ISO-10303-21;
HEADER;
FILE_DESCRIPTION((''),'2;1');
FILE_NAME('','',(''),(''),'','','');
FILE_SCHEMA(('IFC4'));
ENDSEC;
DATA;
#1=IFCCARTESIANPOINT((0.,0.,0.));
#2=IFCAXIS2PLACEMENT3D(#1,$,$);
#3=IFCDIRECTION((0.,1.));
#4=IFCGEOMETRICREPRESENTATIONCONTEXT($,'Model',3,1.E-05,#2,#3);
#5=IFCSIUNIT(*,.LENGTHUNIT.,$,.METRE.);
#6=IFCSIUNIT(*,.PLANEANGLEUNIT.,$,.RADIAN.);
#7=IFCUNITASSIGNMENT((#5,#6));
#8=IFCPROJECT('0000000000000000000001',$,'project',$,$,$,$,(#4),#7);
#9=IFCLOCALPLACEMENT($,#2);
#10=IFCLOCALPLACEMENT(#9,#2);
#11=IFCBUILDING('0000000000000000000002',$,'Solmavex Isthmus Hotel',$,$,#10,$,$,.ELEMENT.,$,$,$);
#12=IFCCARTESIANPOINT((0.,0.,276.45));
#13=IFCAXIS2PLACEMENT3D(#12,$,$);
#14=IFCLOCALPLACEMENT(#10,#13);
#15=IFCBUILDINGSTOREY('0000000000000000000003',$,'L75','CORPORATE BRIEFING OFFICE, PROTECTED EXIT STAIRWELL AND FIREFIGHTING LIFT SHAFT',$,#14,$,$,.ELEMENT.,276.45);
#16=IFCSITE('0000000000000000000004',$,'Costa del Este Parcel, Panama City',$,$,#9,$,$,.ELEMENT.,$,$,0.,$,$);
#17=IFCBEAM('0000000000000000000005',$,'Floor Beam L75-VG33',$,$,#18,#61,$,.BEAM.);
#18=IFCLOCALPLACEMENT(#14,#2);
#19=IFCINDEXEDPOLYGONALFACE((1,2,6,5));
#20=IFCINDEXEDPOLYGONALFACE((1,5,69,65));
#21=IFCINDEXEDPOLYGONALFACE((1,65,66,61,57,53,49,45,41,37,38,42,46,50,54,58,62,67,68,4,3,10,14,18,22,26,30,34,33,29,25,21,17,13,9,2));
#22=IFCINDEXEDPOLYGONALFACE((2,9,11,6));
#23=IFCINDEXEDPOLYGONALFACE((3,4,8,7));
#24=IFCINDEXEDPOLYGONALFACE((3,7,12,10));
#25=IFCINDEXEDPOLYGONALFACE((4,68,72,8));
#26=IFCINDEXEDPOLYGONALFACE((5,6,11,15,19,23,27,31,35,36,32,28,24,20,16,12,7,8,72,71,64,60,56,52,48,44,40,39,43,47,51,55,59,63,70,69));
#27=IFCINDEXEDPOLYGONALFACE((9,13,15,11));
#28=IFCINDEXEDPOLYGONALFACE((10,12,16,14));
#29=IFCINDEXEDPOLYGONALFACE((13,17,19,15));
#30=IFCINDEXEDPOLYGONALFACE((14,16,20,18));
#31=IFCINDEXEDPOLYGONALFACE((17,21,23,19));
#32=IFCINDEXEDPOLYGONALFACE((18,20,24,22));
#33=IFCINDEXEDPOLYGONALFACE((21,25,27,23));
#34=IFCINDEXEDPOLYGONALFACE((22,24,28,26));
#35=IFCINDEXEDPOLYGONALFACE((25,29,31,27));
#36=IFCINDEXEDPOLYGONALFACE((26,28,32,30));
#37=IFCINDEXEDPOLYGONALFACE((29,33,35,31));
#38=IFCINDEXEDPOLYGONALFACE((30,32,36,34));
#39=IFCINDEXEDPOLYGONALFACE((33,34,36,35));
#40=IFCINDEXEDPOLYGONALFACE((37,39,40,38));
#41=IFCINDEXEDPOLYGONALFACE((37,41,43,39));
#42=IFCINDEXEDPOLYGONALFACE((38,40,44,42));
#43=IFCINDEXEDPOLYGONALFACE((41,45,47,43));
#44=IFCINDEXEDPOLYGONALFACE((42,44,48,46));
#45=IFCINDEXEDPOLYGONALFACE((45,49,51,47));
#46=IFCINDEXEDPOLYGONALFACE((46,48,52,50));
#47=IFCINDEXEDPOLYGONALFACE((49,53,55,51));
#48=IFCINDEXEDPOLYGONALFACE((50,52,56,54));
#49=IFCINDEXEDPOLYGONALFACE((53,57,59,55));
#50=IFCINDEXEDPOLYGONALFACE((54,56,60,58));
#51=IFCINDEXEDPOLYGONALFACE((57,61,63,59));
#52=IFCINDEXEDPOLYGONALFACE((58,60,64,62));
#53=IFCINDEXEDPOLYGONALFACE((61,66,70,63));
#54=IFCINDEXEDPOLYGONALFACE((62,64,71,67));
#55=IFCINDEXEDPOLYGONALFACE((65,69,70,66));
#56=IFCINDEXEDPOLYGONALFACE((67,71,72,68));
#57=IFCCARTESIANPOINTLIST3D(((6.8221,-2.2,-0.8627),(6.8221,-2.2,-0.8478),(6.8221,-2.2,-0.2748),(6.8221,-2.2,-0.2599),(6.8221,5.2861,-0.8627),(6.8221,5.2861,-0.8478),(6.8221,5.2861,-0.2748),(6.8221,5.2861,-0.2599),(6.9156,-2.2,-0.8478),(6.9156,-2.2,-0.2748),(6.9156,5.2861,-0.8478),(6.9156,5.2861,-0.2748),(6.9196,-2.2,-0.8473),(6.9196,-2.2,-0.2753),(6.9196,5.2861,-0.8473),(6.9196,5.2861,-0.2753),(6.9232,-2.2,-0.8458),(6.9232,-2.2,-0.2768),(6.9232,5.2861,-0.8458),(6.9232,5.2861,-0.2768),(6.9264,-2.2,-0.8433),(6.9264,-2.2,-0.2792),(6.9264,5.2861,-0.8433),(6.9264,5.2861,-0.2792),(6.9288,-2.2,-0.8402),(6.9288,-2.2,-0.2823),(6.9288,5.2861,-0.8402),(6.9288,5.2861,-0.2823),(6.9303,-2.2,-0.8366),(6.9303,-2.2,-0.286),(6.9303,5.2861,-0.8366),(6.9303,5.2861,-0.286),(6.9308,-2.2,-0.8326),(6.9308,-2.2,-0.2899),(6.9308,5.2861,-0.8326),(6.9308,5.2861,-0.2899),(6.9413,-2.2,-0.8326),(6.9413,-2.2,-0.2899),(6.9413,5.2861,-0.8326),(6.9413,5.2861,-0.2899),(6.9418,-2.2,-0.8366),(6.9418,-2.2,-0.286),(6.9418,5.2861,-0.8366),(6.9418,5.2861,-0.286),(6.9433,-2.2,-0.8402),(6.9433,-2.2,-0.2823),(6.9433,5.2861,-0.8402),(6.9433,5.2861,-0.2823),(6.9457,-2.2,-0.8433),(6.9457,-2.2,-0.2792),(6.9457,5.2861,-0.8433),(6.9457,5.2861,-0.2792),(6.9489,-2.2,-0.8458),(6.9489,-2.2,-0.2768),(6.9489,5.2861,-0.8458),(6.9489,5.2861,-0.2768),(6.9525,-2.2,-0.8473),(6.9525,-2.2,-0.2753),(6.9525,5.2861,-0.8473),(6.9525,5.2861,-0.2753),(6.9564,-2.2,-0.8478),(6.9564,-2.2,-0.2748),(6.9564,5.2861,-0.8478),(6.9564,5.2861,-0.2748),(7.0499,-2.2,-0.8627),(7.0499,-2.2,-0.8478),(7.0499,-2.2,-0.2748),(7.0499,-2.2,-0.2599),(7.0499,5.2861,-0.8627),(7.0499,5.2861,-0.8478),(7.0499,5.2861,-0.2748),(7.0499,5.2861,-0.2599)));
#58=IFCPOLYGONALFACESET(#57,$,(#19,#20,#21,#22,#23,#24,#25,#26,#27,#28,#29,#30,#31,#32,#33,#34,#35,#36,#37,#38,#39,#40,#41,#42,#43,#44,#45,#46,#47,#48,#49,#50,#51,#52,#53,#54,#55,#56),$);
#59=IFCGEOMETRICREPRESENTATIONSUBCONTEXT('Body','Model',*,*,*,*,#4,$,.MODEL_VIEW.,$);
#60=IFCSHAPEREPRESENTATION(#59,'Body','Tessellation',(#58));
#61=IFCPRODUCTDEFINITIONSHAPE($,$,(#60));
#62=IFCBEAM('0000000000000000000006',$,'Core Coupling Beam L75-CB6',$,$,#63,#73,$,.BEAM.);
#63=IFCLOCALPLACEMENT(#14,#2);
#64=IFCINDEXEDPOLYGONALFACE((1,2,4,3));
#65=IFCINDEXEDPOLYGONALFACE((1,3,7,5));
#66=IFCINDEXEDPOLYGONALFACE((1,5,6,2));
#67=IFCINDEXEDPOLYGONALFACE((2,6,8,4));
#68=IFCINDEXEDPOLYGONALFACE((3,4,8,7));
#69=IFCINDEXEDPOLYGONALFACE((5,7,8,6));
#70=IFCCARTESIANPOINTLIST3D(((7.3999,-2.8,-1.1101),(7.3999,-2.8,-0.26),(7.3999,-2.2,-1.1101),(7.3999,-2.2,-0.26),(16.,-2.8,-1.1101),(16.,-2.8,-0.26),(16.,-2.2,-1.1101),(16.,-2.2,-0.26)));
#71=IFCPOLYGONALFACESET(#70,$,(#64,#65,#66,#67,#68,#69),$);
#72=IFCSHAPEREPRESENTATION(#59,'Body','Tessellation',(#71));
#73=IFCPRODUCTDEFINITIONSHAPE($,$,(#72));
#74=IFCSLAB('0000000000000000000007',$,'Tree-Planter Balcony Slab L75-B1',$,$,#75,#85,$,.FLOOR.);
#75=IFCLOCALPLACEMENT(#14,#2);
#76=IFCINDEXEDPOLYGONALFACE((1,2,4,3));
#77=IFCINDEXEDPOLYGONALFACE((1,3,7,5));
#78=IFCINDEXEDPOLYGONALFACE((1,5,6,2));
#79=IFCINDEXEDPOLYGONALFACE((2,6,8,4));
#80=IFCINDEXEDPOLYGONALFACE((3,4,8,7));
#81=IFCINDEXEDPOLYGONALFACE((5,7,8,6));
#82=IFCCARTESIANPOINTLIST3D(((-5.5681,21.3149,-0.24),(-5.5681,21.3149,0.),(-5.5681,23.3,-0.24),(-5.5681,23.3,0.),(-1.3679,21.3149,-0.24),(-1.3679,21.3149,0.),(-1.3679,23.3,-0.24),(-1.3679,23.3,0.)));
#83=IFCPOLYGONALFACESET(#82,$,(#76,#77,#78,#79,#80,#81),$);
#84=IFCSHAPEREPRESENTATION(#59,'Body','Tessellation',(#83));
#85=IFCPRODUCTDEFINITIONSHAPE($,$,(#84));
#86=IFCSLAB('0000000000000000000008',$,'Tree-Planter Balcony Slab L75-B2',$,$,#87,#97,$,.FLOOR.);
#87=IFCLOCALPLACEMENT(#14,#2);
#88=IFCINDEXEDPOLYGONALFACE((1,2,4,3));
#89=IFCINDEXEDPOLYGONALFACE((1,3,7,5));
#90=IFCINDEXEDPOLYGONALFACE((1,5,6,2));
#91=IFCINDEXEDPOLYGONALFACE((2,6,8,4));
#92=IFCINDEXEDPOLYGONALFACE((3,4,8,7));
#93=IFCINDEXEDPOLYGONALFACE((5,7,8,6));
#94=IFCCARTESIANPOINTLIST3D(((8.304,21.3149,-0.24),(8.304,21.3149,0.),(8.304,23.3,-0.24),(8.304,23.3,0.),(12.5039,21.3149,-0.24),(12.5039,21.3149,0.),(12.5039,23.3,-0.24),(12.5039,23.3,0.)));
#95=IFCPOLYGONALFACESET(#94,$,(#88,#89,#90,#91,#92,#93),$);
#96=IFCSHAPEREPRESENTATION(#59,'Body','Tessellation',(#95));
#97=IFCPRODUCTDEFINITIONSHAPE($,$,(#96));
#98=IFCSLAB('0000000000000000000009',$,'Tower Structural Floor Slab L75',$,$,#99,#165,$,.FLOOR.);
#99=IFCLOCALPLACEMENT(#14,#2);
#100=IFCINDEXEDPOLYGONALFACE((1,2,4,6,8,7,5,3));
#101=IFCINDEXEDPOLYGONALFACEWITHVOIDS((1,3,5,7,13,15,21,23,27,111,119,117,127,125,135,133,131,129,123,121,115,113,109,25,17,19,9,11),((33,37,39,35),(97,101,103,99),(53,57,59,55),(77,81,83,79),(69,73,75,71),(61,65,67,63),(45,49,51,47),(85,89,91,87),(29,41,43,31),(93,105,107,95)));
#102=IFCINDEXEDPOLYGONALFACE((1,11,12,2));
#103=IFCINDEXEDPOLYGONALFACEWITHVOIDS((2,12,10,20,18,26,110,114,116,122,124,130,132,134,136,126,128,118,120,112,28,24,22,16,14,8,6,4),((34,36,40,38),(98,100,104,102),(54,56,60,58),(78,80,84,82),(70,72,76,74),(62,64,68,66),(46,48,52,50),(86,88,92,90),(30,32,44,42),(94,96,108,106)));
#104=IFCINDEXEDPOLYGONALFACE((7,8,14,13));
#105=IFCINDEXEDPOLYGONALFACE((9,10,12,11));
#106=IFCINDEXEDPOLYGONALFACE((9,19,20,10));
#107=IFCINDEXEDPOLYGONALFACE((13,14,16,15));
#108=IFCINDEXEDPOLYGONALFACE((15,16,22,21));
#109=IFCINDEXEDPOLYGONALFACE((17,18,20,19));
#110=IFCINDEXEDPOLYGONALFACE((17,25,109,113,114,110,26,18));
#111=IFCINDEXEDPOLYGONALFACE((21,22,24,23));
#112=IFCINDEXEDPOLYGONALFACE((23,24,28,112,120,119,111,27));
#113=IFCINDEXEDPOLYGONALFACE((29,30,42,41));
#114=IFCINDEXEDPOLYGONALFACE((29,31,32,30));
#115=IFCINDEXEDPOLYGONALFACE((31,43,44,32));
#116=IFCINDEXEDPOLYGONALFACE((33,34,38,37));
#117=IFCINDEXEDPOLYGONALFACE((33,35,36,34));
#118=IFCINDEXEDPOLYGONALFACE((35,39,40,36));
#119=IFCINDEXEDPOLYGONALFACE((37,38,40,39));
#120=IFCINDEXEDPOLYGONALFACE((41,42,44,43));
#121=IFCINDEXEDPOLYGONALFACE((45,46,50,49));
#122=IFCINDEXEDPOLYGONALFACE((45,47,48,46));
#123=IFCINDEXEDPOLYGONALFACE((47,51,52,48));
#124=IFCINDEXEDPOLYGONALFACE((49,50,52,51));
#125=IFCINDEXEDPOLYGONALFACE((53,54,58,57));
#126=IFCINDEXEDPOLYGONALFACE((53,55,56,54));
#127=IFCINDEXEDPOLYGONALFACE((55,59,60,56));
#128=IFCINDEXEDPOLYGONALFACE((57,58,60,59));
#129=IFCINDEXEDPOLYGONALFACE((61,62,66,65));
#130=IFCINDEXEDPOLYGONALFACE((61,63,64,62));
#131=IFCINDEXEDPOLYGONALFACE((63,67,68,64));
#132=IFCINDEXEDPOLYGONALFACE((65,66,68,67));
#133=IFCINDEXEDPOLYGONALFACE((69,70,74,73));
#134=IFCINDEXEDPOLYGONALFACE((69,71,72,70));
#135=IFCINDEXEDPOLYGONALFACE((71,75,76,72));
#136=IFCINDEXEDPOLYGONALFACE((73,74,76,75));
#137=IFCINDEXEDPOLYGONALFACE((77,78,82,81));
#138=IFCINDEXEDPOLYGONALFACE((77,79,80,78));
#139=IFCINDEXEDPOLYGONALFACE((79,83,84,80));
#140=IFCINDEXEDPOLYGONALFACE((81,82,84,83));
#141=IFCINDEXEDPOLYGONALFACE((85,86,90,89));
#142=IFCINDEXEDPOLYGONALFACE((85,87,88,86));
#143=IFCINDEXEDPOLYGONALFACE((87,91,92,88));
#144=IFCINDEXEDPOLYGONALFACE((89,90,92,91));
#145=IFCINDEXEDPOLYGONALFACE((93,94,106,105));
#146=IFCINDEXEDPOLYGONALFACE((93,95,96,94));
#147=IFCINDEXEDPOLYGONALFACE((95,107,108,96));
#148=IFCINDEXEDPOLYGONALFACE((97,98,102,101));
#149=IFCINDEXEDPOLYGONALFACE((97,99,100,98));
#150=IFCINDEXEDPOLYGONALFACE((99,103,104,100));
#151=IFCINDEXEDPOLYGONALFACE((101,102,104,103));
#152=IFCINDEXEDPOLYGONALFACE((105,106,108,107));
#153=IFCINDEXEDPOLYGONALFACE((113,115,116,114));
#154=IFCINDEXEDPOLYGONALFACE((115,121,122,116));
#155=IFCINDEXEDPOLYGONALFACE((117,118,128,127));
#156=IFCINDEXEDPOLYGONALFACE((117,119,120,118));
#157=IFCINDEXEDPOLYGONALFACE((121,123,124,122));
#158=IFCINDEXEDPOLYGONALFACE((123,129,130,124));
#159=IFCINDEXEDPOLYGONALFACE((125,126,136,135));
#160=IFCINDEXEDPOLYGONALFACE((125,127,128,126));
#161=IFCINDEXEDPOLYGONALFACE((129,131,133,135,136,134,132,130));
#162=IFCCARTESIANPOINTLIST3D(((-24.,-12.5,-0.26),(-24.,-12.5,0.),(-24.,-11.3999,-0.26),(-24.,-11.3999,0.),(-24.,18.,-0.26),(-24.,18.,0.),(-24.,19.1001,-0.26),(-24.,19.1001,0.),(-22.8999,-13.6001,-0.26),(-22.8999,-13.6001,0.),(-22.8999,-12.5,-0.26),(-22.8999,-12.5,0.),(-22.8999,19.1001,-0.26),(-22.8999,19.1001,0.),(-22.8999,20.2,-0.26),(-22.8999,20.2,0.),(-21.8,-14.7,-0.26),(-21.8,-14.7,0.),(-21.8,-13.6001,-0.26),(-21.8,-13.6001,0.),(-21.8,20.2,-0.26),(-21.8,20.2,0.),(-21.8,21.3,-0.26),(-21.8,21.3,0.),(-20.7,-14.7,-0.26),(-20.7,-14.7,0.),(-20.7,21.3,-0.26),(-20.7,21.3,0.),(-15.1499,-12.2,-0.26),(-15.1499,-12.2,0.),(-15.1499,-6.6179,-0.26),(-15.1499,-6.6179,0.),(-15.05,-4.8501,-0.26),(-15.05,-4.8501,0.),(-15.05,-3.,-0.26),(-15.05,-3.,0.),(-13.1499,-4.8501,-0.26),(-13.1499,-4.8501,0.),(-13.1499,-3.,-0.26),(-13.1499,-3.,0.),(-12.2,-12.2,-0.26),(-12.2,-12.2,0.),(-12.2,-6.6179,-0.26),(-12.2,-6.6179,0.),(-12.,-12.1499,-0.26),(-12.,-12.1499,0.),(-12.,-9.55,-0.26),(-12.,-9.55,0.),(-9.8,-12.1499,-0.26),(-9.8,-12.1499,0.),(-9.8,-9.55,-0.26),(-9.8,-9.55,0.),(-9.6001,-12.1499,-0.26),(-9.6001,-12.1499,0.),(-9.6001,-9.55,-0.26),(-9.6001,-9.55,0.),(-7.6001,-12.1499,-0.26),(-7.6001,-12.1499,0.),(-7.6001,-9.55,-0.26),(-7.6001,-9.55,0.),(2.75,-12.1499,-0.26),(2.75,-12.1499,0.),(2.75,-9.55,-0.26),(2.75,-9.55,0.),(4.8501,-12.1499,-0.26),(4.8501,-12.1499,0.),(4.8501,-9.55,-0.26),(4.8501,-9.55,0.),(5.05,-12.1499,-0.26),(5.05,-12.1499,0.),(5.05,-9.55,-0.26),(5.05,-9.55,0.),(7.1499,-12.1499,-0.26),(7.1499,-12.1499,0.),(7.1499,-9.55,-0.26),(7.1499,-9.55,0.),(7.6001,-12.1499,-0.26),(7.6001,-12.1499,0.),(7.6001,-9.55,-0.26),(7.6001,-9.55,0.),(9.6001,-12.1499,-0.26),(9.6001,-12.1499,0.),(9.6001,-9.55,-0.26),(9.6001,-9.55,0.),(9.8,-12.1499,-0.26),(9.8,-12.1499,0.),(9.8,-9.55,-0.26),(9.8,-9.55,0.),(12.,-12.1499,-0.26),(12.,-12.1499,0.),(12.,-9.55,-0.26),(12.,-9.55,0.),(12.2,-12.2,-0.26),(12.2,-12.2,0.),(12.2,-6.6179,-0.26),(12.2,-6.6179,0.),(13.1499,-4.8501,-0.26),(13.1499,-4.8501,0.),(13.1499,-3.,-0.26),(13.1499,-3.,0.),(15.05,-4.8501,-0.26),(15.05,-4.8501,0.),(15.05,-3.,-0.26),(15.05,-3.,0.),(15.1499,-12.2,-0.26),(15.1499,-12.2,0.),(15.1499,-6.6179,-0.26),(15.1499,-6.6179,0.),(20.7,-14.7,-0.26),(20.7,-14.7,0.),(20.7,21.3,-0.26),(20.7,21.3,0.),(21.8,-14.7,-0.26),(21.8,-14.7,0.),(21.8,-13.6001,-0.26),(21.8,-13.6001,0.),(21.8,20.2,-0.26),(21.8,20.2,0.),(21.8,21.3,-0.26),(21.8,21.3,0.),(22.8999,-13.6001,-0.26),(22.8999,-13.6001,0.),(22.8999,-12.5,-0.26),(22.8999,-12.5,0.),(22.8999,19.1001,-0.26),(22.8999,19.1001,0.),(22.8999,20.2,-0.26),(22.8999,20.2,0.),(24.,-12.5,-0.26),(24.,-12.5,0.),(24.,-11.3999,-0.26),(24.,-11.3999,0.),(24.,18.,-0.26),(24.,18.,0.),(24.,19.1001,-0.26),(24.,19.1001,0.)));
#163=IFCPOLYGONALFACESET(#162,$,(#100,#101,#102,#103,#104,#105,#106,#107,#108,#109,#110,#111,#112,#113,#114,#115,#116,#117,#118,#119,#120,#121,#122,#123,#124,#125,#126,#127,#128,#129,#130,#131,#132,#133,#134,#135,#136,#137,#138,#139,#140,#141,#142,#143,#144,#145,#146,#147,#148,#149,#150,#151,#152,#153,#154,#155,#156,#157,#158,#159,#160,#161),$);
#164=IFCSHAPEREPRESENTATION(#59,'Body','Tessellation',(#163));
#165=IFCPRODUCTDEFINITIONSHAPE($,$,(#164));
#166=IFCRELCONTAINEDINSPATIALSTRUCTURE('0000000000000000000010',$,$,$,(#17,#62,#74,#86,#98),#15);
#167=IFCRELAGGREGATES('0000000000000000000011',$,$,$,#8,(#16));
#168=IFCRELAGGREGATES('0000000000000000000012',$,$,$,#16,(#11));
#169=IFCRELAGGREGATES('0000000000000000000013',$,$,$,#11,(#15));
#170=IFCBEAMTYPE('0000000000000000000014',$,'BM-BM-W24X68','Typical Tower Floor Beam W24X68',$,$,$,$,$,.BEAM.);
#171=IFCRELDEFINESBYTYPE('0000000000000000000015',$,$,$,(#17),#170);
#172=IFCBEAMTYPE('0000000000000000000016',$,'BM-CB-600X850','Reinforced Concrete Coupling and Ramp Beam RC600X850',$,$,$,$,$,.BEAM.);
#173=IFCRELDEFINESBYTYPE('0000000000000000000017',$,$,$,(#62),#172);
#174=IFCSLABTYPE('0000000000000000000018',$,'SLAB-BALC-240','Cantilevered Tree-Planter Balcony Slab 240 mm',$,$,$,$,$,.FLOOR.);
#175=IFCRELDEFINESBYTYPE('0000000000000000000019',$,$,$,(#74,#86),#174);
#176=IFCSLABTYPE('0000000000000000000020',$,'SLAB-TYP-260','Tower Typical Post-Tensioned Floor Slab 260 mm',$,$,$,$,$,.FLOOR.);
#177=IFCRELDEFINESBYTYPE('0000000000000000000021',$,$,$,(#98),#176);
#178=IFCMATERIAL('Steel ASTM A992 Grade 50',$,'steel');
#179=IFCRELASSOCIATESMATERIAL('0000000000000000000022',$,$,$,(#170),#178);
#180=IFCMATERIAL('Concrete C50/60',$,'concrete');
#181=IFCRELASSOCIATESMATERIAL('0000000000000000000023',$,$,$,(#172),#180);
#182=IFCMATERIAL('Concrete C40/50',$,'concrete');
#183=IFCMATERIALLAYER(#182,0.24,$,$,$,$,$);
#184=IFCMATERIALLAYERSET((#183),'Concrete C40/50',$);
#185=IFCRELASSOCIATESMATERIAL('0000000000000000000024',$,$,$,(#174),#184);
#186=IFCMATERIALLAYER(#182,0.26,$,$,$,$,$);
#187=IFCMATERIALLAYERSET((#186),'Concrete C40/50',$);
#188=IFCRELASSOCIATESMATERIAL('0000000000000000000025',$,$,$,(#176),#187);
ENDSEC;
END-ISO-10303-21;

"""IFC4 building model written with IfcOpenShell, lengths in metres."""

from ifc_helpers import new_model, si_unit, direction, frame, origin, origin_2d, place, context, subcontext, project, spatial, polyline, rectangle, i_section, outline, extrude, material, layer, layer_set, material_profile, profile_set, type_object, element, save


model = new_model("IFC4")

# Units and contexts
model_context = context("Model", 3, precision=1e-05, world=origin(), true_north=direction((0.0, 1.0)))
body_context = subcontext(model_context, "Body", "Model", "MODEL_VIEW")
ifc_project = project(units=[si_unit("LENGTHUNIT", "METRE"), si_unit("PLANEANGLEUNIT", "RADIAN")], contexts=[model_context])

# Site, building, storey
site_placement = place(None, origin())
site = spatial("IfcSite", under=ifc_project, at=site_placement, Name="Costa del Este Parcel, Panama City", CompositionType="ELEMENT", RefElevation=0.0)
building_placement = place(site_placement, origin())
building = spatial("IfcBuilding", under=site, at=building_placement, Name="Solmavex Isthmus Hotel", CompositionType="ELEMENT")
storey_placement = place(building_placement, frame((0.0, 0.0, 276.45)))
storey = spatial("IfcBuildingStorey", under=building, at=storey_placement, Name="L75", Description="CORPORATE BRIEFING OFFICE, PROTECTED EXIT STAIRWELL AND FIREFIGHTING LIFT SHAFT", CompositionType="ELEMENT", Elevation=276.45)

# Shared definitions
ifc_material_1 = material(Name="Concrete C50/60", Category="concrete")

# Beams
ifc_material_2 = material(Name="Steel ASTM A992 Grade 50", Category="steel")
ifc_material_profile_1 = material_profile(ifc_material_2, i_section(OverallWidth=0.2278, OverallDepth=0.6028, WebThickness=0.0105, FlangeThickness=0.0149, FilletRadius=0.0151, at=origin_2d()), Name="W24X68")
ifc_profile_set_1 = profile_set([ifc_material_profile_1], Name="Steel ASTM A992 Grade 50")
beam_type_1 = type_object("IfcBeamType", Name="BM-BM-W24X68", Description="Typical Tower Floor Beam W24X68", PredefinedType="BEAM", material=ifc_profile_set_1)
for number, where, z_axis, x_axis, name in (
    (1, (6.936, -2.2, -0.5613), (0.0, 1.0, 0.0), (-1.0, 0.0, 0.0), "Floor Beam L75-VG33"),
):
    element("IfcBeam", number, at=place(storey_placement, frame(where, z_axis=z_axis, x_axis=x_axis)), inside=storey, type_object=beam_type_1, Name=name, PredefinedType="BEAM", context=body_context, shape_type="SweptSolid", body=[
        extrude(i_section(OverallWidth=0.2278, OverallDepth=0.6028, WebThickness=0.0105, FlangeThickness=0.0149, FilletRadius=0.0151, at=origin_2d()), origin(), (0.0, 0.0, 1.0), 7.4861),
    ])
ifc_material_profile_2 = material_profile(ifc_material_1, rectangle(XDim=0.6001, YDim=0.8501, at=origin_2d()), Name="RC600X850")
ifc_profile_set_2 = profile_set([ifc_material_profile_2], Name="Concrete C50/60")
beam_type_2 = type_object("IfcBeamType", Name="BM-CB-600X850", Description="Reinforced Concrete Coupling and Ramp Beam RC600X850", PredefinedType="BEAM", material=ifc_profile_set_2)
beam_placement = place(storey_placement, frame((7.3999, -2.5, -0.6851), z_axis=(1.0, 0.0, 0.0), x_axis=(0.0, 1.0, 0.0)))
element("IfcBeam", 2, at=beam_placement, inside=storey, type_object=beam_type_2, Name="Core Coupling Beam L75-CB6", PredefinedType="BEAM", context=body_context, shape_type="SweptSolid", body=[
    extrude(rectangle(XDim=0.6001, YDim=0.8501, at=origin_2d()), origin(), (0.0, 0.0, 1.0), 8.6001),
])

# Slabs
ifc_material_3 = material(Name="Concrete C40/50", Category="concrete")
ifc_layer_1 = layer(ifc_material_3, 0.24)
ifc_layer_set_1 = layer_set([ifc_layer_1], Name="Concrete C40/50")
slab_type_1 = type_object("IfcSlabType", Name="SLAB-BALC-240", Description="Cantilevered Tree-Planter Balcony Slab 240 mm", PredefinedType="FLOOR", material=ifc_layer_set_1)
slab_1_placement = place(storey_placement, frame((0.0, 0.0, -0.24)))
element("IfcSlab", 3, at=slab_1_placement, inside=storey, type_object=slab_type_1, Name="Tree-Planter Balcony Slab L75-B1", PredefinedType="FLOOR", context=body_context, shape_type="SweptSolid", body=[
    extrude(outline(polyline([(-5.5681, 21.3149), (-1.3679, 21.3149), (-1.3679, 23.3), (-5.5681, 23.3), (-5.5681, 21.3149)])), origin(), (0.0, 0.0, 1.0), 0.24),
])
slab_2_placement = place(storey_placement, frame((0.0, 0.0, -0.24)))
element("IfcSlab", 4, at=slab_2_placement, inside=storey, type_object=slab_type_1, Name="Tree-Planter Balcony Slab L75-B2", PredefinedType="FLOOR", context=body_context, shape_type="SweptSolid", body=[
    extrude(outline(polyline([(8.304, 21.3149), (12.5039, 21.3149), (12.5039, 23.3), (8.304, 23.3), (8.304, 21.3149)])), origin(), (0.0, 0.0, 1.0), 0.24),
])
ifc_layer_2 = layer(ifc_material_3, 0.26)
ifc_layer_set_2 = layer_set([ifc_layer_2], Name="Concrete C40/50")
slab_type_2 = type_object("IfcSlabType", Name="SLAB-TYP-260", Description="Tower Typical Post-Tensioned Floor Slab 260 mm", PredefinedType="FLOOR", material=ifc_layer_set_2)
slab_3_placement = place(storey_placement, frame((0.0, 0.0, -0.26)))
element("IfcSlab", 5, at=slab_3_placement, inside=storey, type_object=slab_type_2, Name="Tower Structural Floor Slab L75", PredefinedType="FLOOR", context=body_context, shape_type="SweptSolid", body=[
    extrude(outline(polyline([(-20.7, -14.7), (20.7, -14.7), (21.8, -14.7), (21.8, -13.6001), (22.8999, -13.6001), (22.8999, -12.5), (24.0, -12.5), (24.0, -11.3999), (24.0, 18.0), (24.0, 19.1001), (22.8999, 19.1001), (22.8999, 20.2), (21.8, 20.2), (21.8, 21.3), (20.7, 21.3), (-20.7, 21.3), (-21.8, 21.3), (-21.8, 20.2), (-22.8999, 20.2), (-22.8999, 19.1001), (-24.0, 19.1001), (-24.0, 18.0), (-24.0, -11.3999), (-24.0, -12.5), (-22.8999, -12.5), (-22.8999, -13.6001), (-21.8, -13.6001), (-21.8, -14.7), (-20.7, -14.7)]), holes=[polyline([(-15.1499, -6.6179), (-15.1499, -12.2), (-12.2, -12.2), (-12.2, -6.6179), (-15.1499, -6.6179)]), polyline([(12.2, -6.6179), (12.2, -12.2), (15.1499, -12.2), (15.1499, -6.6179), (12.2, -6.6179)]), polyline([(-12.0, -12.1499), (-9.8, -12.1499), (-9.8, -9.55), (-12.0, -9.55), (-12.0, -12.1499)]), polyline([(9.8, -12.1499), (12.0, -12.1499), (12.0, -9.55), (9.8, -9.55), (9.8, -12.1499)]), polyline([(-9.6001, -12.1499), (-7.6001, -12.1499), (-7.6001, -9.55), (-9.6001, -9.55), (-9.6001, -12.1499)]), polyline([(7.6001, -12.1499), (9.6001, -12.1499), (9.6001, -9.55), (7.6001, -9.55), (7.6001, -12.1499)]), polyline([(2.75, -12.1499), (4.8501, -12.1499), (4.8501, -9.55), (2.75, -9.55), (2.75, -12.1499)]), polyline([(5.05, -12.1499), (7.1499, -12.1499), (7.1499, -9.55), (5.05, -9.55), (5.05, -12.1499)]), polyline([(-15.05, -4.8501), (-13.1499, -4.8501), (-13.1499, -3.0), (-15.05, -3.0), (-15.05, -4.8501)]), polyline([(13.1499, -4.8501), (15.05, -4.8501), (15.05, -3.0), (13.1499, -3.0), (13.1499, -4.8501)])]), origin(), (0.0, 0.0, 1.0), 0.26),
])

save(model, "model.ifc")
